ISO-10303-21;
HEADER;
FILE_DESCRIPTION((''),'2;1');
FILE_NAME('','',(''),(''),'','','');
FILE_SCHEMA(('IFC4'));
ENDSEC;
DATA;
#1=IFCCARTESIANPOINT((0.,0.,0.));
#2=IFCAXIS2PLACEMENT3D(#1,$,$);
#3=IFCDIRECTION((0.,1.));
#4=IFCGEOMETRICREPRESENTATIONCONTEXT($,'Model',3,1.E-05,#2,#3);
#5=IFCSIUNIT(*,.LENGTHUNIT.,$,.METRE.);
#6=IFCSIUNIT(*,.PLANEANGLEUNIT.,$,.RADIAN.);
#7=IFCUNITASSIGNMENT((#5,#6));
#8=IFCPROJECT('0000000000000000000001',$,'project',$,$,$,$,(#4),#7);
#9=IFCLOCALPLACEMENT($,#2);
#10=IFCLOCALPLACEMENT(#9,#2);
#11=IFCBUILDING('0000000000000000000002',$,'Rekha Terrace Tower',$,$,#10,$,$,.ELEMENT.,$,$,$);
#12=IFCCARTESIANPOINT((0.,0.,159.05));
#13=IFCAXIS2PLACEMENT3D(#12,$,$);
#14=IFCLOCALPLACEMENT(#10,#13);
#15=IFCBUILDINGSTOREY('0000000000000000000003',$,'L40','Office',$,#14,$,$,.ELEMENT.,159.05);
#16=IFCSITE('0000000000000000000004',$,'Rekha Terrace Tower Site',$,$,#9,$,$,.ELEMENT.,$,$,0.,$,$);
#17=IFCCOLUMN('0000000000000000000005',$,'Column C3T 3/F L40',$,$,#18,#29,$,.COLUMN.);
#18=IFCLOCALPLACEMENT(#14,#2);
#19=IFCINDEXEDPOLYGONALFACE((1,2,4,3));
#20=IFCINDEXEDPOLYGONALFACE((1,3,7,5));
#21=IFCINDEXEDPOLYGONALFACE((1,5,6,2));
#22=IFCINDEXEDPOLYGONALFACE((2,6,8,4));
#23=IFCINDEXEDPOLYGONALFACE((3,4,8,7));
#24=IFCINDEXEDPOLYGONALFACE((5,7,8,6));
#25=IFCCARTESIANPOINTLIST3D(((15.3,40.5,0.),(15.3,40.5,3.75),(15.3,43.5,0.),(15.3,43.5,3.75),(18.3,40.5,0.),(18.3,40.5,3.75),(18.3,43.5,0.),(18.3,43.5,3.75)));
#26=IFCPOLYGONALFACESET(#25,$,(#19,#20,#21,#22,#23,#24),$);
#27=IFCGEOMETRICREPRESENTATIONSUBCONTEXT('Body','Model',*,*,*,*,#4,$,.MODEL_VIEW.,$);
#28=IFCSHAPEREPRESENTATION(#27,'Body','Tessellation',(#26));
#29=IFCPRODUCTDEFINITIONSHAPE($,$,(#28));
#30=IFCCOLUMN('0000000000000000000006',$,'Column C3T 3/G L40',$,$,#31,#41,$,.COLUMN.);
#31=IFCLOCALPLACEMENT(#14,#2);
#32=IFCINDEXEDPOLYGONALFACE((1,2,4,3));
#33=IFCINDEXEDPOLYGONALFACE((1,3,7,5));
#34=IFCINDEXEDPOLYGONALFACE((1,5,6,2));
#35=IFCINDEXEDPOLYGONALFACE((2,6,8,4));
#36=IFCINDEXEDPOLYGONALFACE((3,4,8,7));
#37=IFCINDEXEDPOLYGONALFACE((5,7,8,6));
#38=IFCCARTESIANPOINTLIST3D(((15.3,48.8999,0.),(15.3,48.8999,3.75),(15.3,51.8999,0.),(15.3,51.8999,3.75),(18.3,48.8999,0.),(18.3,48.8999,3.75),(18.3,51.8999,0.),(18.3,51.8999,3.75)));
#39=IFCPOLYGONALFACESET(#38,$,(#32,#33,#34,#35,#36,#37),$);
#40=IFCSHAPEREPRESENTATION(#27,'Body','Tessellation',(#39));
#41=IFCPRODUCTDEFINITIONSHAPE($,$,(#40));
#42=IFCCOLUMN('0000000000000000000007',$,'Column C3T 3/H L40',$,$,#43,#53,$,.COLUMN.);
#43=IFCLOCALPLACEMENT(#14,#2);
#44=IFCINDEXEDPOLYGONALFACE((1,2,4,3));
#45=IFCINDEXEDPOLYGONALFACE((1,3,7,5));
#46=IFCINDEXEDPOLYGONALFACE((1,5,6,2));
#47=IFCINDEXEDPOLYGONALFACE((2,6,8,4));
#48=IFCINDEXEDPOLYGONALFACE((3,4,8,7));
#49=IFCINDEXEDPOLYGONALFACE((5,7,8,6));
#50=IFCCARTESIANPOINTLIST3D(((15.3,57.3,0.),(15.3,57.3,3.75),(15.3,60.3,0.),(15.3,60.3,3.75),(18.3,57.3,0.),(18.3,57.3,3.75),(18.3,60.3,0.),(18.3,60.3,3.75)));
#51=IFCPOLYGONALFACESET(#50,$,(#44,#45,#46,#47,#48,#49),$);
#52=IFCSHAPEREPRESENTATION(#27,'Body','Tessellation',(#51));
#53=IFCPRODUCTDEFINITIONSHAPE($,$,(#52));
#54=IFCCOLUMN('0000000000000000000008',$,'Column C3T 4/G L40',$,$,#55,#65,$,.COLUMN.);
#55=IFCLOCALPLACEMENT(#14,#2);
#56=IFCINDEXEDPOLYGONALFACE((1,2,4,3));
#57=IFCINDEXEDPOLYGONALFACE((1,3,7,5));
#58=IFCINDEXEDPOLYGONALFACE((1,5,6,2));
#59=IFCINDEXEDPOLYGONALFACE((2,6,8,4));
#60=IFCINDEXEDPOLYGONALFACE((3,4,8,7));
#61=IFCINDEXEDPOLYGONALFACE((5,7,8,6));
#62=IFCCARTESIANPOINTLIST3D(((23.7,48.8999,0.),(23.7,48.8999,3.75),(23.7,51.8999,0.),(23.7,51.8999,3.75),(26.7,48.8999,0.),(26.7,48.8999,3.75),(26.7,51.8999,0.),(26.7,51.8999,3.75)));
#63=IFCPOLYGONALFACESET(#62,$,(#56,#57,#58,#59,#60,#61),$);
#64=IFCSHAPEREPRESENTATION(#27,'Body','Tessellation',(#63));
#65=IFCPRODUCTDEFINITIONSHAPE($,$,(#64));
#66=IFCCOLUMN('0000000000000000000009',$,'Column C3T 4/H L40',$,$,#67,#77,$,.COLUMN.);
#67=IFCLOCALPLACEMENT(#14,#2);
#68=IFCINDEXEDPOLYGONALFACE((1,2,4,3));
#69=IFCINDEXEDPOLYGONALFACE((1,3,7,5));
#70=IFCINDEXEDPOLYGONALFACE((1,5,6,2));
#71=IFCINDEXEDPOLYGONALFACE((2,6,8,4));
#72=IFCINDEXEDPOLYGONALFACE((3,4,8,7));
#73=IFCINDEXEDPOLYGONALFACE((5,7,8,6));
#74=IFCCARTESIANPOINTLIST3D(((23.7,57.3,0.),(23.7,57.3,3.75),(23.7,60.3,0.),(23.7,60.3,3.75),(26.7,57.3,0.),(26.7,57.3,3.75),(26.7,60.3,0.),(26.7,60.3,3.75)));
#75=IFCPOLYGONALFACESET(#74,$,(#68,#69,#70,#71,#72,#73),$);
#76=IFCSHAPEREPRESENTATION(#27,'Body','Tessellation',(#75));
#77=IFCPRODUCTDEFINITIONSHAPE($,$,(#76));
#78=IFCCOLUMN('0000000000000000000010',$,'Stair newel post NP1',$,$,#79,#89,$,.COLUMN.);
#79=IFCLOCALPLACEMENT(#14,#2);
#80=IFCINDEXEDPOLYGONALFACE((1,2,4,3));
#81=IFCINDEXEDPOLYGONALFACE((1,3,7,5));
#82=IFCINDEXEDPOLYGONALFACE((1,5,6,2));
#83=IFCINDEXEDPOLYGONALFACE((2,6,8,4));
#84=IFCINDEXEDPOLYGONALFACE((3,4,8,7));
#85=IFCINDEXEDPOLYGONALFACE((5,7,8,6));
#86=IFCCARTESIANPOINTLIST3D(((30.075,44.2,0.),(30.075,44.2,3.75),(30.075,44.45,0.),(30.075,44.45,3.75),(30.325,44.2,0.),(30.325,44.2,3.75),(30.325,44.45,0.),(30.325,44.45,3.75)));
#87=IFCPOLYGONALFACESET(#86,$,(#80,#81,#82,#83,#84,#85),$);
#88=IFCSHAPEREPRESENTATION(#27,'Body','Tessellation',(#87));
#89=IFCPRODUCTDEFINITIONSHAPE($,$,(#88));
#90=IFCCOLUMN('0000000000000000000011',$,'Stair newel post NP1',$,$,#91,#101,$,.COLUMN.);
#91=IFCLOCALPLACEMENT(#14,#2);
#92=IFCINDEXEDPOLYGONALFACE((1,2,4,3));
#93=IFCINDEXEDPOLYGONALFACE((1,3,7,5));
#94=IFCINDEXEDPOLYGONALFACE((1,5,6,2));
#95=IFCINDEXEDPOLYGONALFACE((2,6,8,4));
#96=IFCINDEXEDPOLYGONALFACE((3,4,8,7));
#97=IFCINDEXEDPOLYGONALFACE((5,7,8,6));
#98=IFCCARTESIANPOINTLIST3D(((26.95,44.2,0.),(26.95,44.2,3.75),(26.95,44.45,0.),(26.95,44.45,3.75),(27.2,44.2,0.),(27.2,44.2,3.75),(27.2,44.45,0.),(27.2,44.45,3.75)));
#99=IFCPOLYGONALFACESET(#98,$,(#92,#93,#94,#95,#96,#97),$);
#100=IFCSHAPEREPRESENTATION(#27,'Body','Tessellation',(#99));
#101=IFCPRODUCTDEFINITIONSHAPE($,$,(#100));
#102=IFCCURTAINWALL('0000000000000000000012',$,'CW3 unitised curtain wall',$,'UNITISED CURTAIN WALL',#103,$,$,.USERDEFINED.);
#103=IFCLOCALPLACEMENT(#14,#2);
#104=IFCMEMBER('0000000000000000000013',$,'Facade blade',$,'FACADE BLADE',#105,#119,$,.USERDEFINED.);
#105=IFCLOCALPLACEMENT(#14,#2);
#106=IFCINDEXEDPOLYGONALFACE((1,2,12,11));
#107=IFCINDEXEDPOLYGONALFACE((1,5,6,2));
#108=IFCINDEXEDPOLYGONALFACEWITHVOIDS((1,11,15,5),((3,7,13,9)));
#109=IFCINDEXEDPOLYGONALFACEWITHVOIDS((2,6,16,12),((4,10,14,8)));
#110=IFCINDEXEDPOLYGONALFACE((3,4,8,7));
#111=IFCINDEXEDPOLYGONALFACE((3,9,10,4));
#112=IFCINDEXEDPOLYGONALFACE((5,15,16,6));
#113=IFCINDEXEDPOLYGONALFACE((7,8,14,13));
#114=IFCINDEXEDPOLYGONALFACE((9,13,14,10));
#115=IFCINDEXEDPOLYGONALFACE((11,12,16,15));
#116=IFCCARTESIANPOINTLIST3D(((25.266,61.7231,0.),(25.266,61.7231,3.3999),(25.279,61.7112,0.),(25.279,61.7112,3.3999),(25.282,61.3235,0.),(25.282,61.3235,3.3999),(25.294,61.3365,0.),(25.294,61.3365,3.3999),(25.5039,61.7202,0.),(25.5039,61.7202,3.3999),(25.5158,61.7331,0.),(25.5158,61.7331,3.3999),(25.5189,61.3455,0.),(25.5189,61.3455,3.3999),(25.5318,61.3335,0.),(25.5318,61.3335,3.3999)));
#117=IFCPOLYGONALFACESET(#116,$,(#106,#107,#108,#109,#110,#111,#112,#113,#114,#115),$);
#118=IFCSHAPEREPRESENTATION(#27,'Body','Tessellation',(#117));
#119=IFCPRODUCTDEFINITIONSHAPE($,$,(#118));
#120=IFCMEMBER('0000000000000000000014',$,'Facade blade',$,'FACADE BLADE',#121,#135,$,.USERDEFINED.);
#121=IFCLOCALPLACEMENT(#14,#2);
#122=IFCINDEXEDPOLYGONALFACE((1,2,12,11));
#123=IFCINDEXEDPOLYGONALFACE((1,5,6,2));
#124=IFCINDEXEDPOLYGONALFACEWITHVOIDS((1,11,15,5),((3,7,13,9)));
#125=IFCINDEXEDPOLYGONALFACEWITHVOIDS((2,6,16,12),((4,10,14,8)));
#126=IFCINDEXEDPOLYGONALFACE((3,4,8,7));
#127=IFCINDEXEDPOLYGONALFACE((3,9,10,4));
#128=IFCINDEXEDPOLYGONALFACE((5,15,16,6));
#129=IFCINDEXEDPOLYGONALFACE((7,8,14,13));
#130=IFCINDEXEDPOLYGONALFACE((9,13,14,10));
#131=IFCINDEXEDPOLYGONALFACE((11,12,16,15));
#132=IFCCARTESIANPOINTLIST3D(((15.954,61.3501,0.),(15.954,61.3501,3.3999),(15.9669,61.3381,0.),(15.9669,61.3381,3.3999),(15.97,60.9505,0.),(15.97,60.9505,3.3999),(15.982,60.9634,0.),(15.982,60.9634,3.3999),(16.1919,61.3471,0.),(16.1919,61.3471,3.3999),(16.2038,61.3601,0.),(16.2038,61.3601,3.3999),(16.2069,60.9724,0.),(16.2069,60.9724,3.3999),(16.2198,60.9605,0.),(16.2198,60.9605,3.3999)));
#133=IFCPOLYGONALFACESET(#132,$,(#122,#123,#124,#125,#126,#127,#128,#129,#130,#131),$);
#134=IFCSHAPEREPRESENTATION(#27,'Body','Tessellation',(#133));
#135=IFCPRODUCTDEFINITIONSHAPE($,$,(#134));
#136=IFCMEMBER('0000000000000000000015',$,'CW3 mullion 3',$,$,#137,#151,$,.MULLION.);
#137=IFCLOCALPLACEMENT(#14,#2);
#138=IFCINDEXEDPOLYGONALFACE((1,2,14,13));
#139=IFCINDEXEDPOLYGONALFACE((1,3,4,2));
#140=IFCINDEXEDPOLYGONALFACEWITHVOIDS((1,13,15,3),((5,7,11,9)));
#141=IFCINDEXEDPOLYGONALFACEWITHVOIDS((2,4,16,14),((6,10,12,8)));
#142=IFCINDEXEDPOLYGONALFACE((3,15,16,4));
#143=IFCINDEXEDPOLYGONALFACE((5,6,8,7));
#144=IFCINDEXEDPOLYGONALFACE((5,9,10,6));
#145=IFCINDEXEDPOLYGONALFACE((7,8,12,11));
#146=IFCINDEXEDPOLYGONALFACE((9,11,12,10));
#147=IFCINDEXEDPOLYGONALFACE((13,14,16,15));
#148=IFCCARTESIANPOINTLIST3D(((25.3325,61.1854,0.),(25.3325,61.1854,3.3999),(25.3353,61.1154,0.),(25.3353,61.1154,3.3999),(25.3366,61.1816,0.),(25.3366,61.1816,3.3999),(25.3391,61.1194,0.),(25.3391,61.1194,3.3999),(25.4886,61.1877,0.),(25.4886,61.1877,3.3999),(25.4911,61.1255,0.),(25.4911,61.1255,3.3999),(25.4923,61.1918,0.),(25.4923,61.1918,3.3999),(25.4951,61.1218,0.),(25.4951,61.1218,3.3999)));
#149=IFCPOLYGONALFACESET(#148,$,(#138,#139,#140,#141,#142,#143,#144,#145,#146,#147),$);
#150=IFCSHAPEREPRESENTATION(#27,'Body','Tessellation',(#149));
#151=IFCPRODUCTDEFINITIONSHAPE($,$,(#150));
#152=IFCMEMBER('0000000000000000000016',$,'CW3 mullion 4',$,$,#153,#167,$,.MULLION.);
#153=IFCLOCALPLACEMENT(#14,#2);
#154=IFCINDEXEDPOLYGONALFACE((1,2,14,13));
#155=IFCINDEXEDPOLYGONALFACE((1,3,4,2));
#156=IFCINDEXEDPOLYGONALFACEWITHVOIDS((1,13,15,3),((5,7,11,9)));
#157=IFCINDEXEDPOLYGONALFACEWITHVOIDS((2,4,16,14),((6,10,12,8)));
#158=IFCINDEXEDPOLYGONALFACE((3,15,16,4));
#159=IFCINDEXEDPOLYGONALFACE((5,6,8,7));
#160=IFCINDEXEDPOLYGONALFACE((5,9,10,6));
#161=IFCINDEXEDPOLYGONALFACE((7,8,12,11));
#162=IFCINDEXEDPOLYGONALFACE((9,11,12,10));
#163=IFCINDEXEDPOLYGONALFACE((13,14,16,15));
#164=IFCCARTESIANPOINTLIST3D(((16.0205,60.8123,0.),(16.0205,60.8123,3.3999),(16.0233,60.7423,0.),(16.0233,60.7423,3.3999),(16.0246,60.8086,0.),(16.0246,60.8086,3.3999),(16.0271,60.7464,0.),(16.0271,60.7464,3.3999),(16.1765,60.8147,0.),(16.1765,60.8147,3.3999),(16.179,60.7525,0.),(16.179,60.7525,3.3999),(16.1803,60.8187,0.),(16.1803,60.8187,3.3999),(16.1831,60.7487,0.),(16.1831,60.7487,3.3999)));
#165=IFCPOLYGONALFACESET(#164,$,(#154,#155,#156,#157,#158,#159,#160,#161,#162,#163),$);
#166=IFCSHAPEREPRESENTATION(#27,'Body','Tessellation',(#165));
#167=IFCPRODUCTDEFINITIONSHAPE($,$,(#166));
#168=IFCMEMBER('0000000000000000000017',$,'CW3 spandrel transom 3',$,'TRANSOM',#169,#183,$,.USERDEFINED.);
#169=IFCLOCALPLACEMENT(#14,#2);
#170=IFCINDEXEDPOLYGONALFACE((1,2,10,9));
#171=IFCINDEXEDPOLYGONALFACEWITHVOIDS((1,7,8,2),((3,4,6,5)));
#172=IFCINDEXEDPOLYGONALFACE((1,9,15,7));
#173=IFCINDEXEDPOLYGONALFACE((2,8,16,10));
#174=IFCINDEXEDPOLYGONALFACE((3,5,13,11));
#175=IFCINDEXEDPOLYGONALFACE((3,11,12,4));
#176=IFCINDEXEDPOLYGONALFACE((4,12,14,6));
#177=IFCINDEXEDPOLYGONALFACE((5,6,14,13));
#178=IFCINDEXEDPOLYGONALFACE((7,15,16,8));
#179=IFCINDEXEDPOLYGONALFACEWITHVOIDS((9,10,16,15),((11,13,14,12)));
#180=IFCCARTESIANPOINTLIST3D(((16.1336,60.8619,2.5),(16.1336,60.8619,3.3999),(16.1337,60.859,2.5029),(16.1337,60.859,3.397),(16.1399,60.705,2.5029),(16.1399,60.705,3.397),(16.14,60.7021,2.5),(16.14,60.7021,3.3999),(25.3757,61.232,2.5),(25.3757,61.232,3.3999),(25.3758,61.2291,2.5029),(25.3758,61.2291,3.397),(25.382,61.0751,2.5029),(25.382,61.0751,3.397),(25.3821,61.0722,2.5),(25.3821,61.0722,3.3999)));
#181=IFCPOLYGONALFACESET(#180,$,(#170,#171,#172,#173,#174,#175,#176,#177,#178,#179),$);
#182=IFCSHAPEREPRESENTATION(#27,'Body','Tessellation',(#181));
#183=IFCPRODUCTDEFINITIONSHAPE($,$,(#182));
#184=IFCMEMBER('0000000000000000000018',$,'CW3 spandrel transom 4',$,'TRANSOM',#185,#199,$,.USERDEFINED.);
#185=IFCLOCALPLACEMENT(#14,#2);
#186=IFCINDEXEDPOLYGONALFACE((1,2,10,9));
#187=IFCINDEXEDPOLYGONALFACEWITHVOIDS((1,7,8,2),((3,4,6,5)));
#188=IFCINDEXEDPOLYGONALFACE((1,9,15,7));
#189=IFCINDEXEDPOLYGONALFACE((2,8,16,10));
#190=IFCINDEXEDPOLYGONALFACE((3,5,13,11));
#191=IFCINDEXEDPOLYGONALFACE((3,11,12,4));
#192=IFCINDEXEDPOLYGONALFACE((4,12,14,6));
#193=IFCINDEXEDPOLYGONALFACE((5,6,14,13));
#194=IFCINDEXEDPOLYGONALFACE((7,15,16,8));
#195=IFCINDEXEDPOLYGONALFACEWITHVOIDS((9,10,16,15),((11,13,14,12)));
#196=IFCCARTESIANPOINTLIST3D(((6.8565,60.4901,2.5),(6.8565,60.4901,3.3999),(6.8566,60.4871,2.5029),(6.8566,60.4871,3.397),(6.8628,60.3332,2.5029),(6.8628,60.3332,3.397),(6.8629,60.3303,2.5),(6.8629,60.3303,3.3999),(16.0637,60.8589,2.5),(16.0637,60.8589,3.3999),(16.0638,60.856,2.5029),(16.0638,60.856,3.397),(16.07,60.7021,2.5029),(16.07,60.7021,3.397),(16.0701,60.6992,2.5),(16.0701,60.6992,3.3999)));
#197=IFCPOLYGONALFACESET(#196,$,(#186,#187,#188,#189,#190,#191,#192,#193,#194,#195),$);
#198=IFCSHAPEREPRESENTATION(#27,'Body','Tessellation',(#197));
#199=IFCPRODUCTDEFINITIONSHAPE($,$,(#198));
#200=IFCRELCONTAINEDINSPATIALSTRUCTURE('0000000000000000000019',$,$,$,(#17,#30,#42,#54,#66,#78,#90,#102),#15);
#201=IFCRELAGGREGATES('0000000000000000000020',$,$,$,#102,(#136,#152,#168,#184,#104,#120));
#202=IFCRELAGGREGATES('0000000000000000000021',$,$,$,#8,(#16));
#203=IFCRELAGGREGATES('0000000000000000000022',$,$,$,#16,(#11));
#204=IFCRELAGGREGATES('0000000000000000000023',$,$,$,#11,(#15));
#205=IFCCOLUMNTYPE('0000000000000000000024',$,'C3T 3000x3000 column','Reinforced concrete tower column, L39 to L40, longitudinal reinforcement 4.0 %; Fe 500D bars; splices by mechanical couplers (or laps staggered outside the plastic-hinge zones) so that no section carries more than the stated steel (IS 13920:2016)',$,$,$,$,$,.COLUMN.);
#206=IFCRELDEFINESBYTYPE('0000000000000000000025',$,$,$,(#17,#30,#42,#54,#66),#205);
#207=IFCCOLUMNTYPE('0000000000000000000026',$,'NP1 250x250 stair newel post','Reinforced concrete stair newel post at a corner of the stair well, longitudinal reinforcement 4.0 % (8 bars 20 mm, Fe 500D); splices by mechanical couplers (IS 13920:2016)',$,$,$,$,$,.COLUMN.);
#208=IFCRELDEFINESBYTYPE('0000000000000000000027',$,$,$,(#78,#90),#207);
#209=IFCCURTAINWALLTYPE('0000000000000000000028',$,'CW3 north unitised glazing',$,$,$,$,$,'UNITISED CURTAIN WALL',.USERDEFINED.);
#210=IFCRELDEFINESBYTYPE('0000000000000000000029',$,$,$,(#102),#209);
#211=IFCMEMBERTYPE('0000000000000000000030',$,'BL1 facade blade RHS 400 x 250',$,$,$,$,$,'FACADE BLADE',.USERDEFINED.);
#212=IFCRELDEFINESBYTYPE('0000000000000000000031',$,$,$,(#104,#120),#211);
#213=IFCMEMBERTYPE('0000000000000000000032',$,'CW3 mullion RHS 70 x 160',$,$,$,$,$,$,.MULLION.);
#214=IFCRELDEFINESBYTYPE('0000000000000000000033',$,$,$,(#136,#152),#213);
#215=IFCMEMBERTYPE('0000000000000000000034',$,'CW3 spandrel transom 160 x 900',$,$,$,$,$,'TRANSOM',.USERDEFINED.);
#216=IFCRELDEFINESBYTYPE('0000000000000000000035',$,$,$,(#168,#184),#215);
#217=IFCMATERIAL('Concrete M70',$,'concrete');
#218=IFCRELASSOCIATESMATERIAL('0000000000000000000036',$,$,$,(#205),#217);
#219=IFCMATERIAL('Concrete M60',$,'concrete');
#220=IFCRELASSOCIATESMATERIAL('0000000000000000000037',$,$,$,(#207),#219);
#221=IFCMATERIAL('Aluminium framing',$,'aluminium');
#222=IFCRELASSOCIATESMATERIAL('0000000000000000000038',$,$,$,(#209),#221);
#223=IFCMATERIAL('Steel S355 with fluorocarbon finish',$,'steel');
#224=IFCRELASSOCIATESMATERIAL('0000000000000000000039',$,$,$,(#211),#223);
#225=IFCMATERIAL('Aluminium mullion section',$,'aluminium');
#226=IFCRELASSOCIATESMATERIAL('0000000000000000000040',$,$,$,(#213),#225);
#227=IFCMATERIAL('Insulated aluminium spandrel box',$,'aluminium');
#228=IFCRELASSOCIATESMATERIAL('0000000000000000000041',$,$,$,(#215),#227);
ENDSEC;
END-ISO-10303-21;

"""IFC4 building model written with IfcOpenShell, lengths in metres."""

from ifc_helpers import new_model, si_unit, direction, frame, origin, origin_2d, place, context, subcontext, project, spatial, rectangle, hollow_rectangle, extrude, material, material_profile, profile_set, type_object, element, aggregate, save


model = new_model("IFC4")

# Units and contexts
model_context = context("Model", 3, precision=1e-05, world=origin(), true_north=direction((0.0, 1.0)))
body_context = subcontext(model_context, "Body", "Model", "MODEL_VIEW")
ifc_project = project(units=[si_unit("LENGTHUNIT", "METRE"), si_unit("PLANEANGLEUNIT", "RADIAN")], contexts=[model_context])

# Site, building, storey
site_placement = place(None, origin())
site = spatial("IfcSite", under=ifc_project, at=site_placement, Name="Rekha Terrace Tower Site", CompositionType="ELEMENT", RefElevation=0.0)
building_placement = place(site_placement, origin())
building = spatial("IfcBuilding", under=site, at=building_placement, Name="Rekha Terrace Tower", CompositionType="ELEMENT")
storey_placement = place(building_placement, frame((0.0, 0.0, 159.05)))
storey = spatial("IfcBuildingStorey", under=building, at=storey_placement, Name="L40", Description="Office", CompositionType="ELEMENT", Elevation=159.05)

# Columns
ifc_material_1 = material(Name="Concrete M70", Category="concrete")
ifc_material_profile_1 = material_profile(ifc_material_1, rectangle(XDim=3.0, YDim=3.0, at=origin_2d()), Name="RC 3000x3000")
ifc_profile_set_1 = profile_set([ifc_material_profile_1], Name="Concrete M70")
column_type_1 = type_object("IfcColumnType", Name="C3T 3000x3000 column", Description="Reinforced concrete tower column, L39 to L40, longitudinal reinforcement 4.0 %; Fe 500D bars; splices by mechanical couplers (or laps staggered outside the plastic-hinge zones) so that no section carries more than the stated steel (IS 13920:2016)", PredefinedType="COLUMN", material=ifc_profile_set_1)
for number, where, z_axis, x_axis, name in (
    (1, (16.8, 42.0, 0.0), (0.0, 0.0, 1.0), (1.0, 0.0, 0.0), "Column C3T 3/F L40"),
    (2, (16.8, 50.3999, 0.0), (0.0, 0.0, 1.0), (1.0, 0.0, 0.0), "Column C3T 3/G L40"),
    (3, (16.8, 58.8, 0.0), (0.0, 0.0, 1.0), (1.0, 0.0, 0.0), "Column C3T 3/H L40"),
    (4, (25.2, 50.3999, 0.0), (0.0, 0.0, 1.0), (1.0, 0.0, 0.0), "Column C3T 4/G L40"),
    (5, (25.2, 58.8, 0.0), (0.0, 0.0, 1.0), (1.0, 0.0, 0.0), "Column C3T 4/H L40"),
):
    element("IfcColumn", number, at=place(storey_placement, frame(where, z_axis=z_axis, x_axis=x_axis)), inside=storey, type_object=column_type_1, Name=name, PredefinedType="COLUMN", context=body_context, shape_type="SweptSolid", body=[
        extrude(rectangle(XDim=3.0, YDim=3.0, at=origin_2d()), origin(), (0.0, 0.0, 1.0), 3.75),
    ])
ifc_material_2 = material(Name="Concrete M60", Category="concrete")
ifc_material_profile_2 = material_profile(ifc_material_2, rectangle(XDim=0.25, YDim=0.25, at=origin_2d()), Name="RC 250x250")
ifc_profile_set_2 = profile_set([ifc_material_profile_2], Name="Concrete M60")
column_type_2 = type_object("IfcColumnType", Name="NP1 250x250 stair newel post", Description="Reinforced concrete stair newel post at a corner of the stair well, longitudinal reinforcement 4.0 % (8 bars 20 mm, Fe 500D); splices by mechanical couplers (IS 13920:2016)", PredefinedType="COLUMN", material=ifc_profile_set_2)
for number, where, z_axis, x_axis, name in (
    (6, (30.2, 44.325, 0.0), (0.0, 0.0, 1.0), (1.0, 0.0, 0.0), "Stair newel post NP1"),
    (7, (27.075, 44.325, 0.0), (0.0, 0.0, 1.0), (1.0, 0.0, 0.0), "Stair newel post NP1"),
):
    element("IfcColumn", number, at=place(storey_placement, frame(where, z_axis=z_axis, x_axis=x_axis)), inside=storey, type_object=column_type_2, Name=name, PredefinedType="COLUMN", context=body_context, shape_type="SweptSolid", body=[
        extrude(rectangle(XDim=0.25, YDim=0.25, at=origin_2d()), origin(), (0.0, 0.0, 1.0), 3.75),
    ])

# Curtain wall, members
ifc_material_3 = material(Name="Aluminium framing", Category="aluminium")
curtain_wall_type = type_object("IfcCurtainWallType", Name="CW3 north unitised glazing", ElementType="UNITISED CURTAIN WALL", PredefinedType="USERDEFINED", material=ifc_material_3)
curtain_wall_placement = place(storey_placement, origin())
curtain_wall = element("IfcCurtainWall", 8, at=curtain_wall_placement, inside=storey, type_object=curtain_wall_type, Name="CW3 unitised curtain wall", ObjectType="UNITISED CURTAIN WALL", PredefinedType="USERDEFINED")
ifc_material_4 = material(Name="Steel S355 with fluorocarbon finish", Category="steel")
ifc_material_profile_3 = material_profile(ifc_material_4, hollow_rectangle(XDim=0.25, YDim=0.3999, WallThickness=0.0125, at=origin_2d()), Name="RHS400x250x12.5")
ifc_profile_set_3 = profile_set([ifc_material_profile_3], Name="Steel S355 with fluorocarbon finish")
member_type_1 = type_object("IfcMemberType", Name="BL1 facade blade RHS 400 x 250", ElementType="FACADE BLADE", PredefinedType="USERDEFINED", material=ifc_profile_set_3)
member_1_placement = place(storey_placement, frame((25.3989, 61.5283, 0.0), z_axis=(0.0, 0.0, 1.0), x_axis=(-0.999198, -0.040032, 0.0)))
member_1 = element("IfcMember", 9, at=member_1_placement, type_object=member_type_1, Name="Facade blade", ObjectType="FACADE BLADE", PredefinedType="USERDEFINED", context=body_context, shape_type="SweptSolid", body=[
    extrude(hollow_rectangle(XDim=0.25, YDim=0.3999, WallThickness=0.0125, at=origin_2d()), origin(), (0.0, 0.0, 1.0), 3.3999),
])
member_2_placement = place(storey_placement, frame((16.0869, 61.1553, 0.0), z_axis=(0.0, 0.0, 1.0), x_axis=(-0.999198, -0.040032, 0.0)))
member_2 = element("IfcMember", 10, at=member_2_placement, type_object=member_type_1, Name="Facade blade", ObjectType="FACADE BLADE", PredefinedType="USERDEFINED", context=body_context, shape_type="SweptSolid", body=[
    extrude(hollow_rectangle(XDim=0.25, YDim=0.3999, WallThickness=0.0125, at=origin_2d()), origin(), (0.0, 0.0, 1.0), 3.3999),
])
ifc_material_5 = material(Name="Aluminium mullion section", Category="aluminium")
ifc_material_profile_4 = material_profile(ifc_material_5, hollow_rectangle(XDim=0.0701, YDim=0.1599, WallThickness=0.0039, at=origin_2d()), Name="AL RHS 70x160")
ifc_profile_set_4 = profile_set([ifc_material_profile_4], Name="Aluminium mullion section")
member_type_2 = type_object("IfcMemberType", Name="CW3 mullion RHS 70 x 160", PredefinedType="MULLION", material=ifc_profile_set_4)
member_3_placement = place(storey_placement, frame((25.4138, 61.1536, 0.0), z_axis=(0.0, 0.0, 1.0), x_axis=(0.040032, -0.999198, 0.0)))
member_3 = element("IfcMember", 11, at=member_3_placement, type_object=member_type_2, Name="CW3 mullion 3", PredefinedType="MULLION", context=body_context, shape_type="SweptSolid", body=[
    extrude(hollow_rectangle(XDim=0.0701, YDim=0.1599, WallThickness=0.0039, at=origin_2d()), origin(), (0.0, 0.0, 1.0), 3.3999),
])
member_4_placement = place(storey_placement, frame((16.1018, 60.7805, 0.0), z_axis=(0.0, 0.0, 1.0), x_axis=(0.040032, -0.999198, 0.0)))
member_4 = element("IfcMember", 12, at=member_4_placement, type_object=member_type_2, Name="CW3 mullion 4", PredefinedType="MULLION", context=body_context, shape_type="SweptSolid", body=[
    extrude(hollow_rectangle(XDim=0.0701, YDim=0.1599, WallThickness=0.0039, at=origin_2d()), origin(), (0.0, 0.0, 1.0), 3.3999),
])
ifc_material_6 = material(Name="Insulated aluminium spandrel box", Category="aluminium")
ifc_material_profile_5 = material_profile(ifc_material_6, hollow_rectangle(XDim=0.1599, YDim=0.8999, WallThickness=0.0029, at=origin_2d()), Name="AL SPANDREL BOX 160x900")
ifc_profile_set_5 = profile_set([ifc_material_profile_5], Name="Insulated aluminium spandrel box")
member_type_3 = type_object("IfcMemberType", Name="CW3 spandrel transom 160 x 900", ElementType="TRANSOM", PredefinedType="USERDEFINED", material=ifc_profile_set_5)
member_5_placement = place(storey_placement, frame((25.3789, 61.1521, 2.95), z_axis=(-0.999199, -0.040014, 0.0), x_axis=(0.040014, -0.999199, 0.0)))
member_5 = element("IfcMember", 13, at=member_5_placement, type_object=member_type_3, Name="CW3 spandrel transom 3", ObjectType="TRANSOM", PredefinedType="USERDEFINED", context=body_context, shape_type="SweptSolid", body=[
    extrude(hollow_rectangle(XDim=0.1599, YDim=0.8999, WallThickness=0.0029, at=origin_2d()), origin(), (0.0, 0.0, 1.0), 9.2495),
])
member_6_placement = place(storey_placement, frame((16.0669, 60.7791, 2.95), z_axis=(-0.999198, -0.040034, 0.0), x_axis=(0.040034, -0.999198, 0.0)))
member_6 = element("IfcMember", 14, at=member_6_placement, type_object=member_type_3, Name="CW3 spandrel transom 4", ObjectType="TRANSOM", PredefinedType="USERDEFINED", context=body_context, shape_type="SweptSolid", body=[
    extrude(hollow_rectangle(XDim=0.1599, YDim=0.8999, WallThickness=0.0029, at=origin_2d()), origin(), (0.0, 0.0, 1.0), 9.2146),
])
aggregate(curtain_wall, [member_3, member_4, member_5, member_6, member_1, member_2])

save(model, "model.ifc")
